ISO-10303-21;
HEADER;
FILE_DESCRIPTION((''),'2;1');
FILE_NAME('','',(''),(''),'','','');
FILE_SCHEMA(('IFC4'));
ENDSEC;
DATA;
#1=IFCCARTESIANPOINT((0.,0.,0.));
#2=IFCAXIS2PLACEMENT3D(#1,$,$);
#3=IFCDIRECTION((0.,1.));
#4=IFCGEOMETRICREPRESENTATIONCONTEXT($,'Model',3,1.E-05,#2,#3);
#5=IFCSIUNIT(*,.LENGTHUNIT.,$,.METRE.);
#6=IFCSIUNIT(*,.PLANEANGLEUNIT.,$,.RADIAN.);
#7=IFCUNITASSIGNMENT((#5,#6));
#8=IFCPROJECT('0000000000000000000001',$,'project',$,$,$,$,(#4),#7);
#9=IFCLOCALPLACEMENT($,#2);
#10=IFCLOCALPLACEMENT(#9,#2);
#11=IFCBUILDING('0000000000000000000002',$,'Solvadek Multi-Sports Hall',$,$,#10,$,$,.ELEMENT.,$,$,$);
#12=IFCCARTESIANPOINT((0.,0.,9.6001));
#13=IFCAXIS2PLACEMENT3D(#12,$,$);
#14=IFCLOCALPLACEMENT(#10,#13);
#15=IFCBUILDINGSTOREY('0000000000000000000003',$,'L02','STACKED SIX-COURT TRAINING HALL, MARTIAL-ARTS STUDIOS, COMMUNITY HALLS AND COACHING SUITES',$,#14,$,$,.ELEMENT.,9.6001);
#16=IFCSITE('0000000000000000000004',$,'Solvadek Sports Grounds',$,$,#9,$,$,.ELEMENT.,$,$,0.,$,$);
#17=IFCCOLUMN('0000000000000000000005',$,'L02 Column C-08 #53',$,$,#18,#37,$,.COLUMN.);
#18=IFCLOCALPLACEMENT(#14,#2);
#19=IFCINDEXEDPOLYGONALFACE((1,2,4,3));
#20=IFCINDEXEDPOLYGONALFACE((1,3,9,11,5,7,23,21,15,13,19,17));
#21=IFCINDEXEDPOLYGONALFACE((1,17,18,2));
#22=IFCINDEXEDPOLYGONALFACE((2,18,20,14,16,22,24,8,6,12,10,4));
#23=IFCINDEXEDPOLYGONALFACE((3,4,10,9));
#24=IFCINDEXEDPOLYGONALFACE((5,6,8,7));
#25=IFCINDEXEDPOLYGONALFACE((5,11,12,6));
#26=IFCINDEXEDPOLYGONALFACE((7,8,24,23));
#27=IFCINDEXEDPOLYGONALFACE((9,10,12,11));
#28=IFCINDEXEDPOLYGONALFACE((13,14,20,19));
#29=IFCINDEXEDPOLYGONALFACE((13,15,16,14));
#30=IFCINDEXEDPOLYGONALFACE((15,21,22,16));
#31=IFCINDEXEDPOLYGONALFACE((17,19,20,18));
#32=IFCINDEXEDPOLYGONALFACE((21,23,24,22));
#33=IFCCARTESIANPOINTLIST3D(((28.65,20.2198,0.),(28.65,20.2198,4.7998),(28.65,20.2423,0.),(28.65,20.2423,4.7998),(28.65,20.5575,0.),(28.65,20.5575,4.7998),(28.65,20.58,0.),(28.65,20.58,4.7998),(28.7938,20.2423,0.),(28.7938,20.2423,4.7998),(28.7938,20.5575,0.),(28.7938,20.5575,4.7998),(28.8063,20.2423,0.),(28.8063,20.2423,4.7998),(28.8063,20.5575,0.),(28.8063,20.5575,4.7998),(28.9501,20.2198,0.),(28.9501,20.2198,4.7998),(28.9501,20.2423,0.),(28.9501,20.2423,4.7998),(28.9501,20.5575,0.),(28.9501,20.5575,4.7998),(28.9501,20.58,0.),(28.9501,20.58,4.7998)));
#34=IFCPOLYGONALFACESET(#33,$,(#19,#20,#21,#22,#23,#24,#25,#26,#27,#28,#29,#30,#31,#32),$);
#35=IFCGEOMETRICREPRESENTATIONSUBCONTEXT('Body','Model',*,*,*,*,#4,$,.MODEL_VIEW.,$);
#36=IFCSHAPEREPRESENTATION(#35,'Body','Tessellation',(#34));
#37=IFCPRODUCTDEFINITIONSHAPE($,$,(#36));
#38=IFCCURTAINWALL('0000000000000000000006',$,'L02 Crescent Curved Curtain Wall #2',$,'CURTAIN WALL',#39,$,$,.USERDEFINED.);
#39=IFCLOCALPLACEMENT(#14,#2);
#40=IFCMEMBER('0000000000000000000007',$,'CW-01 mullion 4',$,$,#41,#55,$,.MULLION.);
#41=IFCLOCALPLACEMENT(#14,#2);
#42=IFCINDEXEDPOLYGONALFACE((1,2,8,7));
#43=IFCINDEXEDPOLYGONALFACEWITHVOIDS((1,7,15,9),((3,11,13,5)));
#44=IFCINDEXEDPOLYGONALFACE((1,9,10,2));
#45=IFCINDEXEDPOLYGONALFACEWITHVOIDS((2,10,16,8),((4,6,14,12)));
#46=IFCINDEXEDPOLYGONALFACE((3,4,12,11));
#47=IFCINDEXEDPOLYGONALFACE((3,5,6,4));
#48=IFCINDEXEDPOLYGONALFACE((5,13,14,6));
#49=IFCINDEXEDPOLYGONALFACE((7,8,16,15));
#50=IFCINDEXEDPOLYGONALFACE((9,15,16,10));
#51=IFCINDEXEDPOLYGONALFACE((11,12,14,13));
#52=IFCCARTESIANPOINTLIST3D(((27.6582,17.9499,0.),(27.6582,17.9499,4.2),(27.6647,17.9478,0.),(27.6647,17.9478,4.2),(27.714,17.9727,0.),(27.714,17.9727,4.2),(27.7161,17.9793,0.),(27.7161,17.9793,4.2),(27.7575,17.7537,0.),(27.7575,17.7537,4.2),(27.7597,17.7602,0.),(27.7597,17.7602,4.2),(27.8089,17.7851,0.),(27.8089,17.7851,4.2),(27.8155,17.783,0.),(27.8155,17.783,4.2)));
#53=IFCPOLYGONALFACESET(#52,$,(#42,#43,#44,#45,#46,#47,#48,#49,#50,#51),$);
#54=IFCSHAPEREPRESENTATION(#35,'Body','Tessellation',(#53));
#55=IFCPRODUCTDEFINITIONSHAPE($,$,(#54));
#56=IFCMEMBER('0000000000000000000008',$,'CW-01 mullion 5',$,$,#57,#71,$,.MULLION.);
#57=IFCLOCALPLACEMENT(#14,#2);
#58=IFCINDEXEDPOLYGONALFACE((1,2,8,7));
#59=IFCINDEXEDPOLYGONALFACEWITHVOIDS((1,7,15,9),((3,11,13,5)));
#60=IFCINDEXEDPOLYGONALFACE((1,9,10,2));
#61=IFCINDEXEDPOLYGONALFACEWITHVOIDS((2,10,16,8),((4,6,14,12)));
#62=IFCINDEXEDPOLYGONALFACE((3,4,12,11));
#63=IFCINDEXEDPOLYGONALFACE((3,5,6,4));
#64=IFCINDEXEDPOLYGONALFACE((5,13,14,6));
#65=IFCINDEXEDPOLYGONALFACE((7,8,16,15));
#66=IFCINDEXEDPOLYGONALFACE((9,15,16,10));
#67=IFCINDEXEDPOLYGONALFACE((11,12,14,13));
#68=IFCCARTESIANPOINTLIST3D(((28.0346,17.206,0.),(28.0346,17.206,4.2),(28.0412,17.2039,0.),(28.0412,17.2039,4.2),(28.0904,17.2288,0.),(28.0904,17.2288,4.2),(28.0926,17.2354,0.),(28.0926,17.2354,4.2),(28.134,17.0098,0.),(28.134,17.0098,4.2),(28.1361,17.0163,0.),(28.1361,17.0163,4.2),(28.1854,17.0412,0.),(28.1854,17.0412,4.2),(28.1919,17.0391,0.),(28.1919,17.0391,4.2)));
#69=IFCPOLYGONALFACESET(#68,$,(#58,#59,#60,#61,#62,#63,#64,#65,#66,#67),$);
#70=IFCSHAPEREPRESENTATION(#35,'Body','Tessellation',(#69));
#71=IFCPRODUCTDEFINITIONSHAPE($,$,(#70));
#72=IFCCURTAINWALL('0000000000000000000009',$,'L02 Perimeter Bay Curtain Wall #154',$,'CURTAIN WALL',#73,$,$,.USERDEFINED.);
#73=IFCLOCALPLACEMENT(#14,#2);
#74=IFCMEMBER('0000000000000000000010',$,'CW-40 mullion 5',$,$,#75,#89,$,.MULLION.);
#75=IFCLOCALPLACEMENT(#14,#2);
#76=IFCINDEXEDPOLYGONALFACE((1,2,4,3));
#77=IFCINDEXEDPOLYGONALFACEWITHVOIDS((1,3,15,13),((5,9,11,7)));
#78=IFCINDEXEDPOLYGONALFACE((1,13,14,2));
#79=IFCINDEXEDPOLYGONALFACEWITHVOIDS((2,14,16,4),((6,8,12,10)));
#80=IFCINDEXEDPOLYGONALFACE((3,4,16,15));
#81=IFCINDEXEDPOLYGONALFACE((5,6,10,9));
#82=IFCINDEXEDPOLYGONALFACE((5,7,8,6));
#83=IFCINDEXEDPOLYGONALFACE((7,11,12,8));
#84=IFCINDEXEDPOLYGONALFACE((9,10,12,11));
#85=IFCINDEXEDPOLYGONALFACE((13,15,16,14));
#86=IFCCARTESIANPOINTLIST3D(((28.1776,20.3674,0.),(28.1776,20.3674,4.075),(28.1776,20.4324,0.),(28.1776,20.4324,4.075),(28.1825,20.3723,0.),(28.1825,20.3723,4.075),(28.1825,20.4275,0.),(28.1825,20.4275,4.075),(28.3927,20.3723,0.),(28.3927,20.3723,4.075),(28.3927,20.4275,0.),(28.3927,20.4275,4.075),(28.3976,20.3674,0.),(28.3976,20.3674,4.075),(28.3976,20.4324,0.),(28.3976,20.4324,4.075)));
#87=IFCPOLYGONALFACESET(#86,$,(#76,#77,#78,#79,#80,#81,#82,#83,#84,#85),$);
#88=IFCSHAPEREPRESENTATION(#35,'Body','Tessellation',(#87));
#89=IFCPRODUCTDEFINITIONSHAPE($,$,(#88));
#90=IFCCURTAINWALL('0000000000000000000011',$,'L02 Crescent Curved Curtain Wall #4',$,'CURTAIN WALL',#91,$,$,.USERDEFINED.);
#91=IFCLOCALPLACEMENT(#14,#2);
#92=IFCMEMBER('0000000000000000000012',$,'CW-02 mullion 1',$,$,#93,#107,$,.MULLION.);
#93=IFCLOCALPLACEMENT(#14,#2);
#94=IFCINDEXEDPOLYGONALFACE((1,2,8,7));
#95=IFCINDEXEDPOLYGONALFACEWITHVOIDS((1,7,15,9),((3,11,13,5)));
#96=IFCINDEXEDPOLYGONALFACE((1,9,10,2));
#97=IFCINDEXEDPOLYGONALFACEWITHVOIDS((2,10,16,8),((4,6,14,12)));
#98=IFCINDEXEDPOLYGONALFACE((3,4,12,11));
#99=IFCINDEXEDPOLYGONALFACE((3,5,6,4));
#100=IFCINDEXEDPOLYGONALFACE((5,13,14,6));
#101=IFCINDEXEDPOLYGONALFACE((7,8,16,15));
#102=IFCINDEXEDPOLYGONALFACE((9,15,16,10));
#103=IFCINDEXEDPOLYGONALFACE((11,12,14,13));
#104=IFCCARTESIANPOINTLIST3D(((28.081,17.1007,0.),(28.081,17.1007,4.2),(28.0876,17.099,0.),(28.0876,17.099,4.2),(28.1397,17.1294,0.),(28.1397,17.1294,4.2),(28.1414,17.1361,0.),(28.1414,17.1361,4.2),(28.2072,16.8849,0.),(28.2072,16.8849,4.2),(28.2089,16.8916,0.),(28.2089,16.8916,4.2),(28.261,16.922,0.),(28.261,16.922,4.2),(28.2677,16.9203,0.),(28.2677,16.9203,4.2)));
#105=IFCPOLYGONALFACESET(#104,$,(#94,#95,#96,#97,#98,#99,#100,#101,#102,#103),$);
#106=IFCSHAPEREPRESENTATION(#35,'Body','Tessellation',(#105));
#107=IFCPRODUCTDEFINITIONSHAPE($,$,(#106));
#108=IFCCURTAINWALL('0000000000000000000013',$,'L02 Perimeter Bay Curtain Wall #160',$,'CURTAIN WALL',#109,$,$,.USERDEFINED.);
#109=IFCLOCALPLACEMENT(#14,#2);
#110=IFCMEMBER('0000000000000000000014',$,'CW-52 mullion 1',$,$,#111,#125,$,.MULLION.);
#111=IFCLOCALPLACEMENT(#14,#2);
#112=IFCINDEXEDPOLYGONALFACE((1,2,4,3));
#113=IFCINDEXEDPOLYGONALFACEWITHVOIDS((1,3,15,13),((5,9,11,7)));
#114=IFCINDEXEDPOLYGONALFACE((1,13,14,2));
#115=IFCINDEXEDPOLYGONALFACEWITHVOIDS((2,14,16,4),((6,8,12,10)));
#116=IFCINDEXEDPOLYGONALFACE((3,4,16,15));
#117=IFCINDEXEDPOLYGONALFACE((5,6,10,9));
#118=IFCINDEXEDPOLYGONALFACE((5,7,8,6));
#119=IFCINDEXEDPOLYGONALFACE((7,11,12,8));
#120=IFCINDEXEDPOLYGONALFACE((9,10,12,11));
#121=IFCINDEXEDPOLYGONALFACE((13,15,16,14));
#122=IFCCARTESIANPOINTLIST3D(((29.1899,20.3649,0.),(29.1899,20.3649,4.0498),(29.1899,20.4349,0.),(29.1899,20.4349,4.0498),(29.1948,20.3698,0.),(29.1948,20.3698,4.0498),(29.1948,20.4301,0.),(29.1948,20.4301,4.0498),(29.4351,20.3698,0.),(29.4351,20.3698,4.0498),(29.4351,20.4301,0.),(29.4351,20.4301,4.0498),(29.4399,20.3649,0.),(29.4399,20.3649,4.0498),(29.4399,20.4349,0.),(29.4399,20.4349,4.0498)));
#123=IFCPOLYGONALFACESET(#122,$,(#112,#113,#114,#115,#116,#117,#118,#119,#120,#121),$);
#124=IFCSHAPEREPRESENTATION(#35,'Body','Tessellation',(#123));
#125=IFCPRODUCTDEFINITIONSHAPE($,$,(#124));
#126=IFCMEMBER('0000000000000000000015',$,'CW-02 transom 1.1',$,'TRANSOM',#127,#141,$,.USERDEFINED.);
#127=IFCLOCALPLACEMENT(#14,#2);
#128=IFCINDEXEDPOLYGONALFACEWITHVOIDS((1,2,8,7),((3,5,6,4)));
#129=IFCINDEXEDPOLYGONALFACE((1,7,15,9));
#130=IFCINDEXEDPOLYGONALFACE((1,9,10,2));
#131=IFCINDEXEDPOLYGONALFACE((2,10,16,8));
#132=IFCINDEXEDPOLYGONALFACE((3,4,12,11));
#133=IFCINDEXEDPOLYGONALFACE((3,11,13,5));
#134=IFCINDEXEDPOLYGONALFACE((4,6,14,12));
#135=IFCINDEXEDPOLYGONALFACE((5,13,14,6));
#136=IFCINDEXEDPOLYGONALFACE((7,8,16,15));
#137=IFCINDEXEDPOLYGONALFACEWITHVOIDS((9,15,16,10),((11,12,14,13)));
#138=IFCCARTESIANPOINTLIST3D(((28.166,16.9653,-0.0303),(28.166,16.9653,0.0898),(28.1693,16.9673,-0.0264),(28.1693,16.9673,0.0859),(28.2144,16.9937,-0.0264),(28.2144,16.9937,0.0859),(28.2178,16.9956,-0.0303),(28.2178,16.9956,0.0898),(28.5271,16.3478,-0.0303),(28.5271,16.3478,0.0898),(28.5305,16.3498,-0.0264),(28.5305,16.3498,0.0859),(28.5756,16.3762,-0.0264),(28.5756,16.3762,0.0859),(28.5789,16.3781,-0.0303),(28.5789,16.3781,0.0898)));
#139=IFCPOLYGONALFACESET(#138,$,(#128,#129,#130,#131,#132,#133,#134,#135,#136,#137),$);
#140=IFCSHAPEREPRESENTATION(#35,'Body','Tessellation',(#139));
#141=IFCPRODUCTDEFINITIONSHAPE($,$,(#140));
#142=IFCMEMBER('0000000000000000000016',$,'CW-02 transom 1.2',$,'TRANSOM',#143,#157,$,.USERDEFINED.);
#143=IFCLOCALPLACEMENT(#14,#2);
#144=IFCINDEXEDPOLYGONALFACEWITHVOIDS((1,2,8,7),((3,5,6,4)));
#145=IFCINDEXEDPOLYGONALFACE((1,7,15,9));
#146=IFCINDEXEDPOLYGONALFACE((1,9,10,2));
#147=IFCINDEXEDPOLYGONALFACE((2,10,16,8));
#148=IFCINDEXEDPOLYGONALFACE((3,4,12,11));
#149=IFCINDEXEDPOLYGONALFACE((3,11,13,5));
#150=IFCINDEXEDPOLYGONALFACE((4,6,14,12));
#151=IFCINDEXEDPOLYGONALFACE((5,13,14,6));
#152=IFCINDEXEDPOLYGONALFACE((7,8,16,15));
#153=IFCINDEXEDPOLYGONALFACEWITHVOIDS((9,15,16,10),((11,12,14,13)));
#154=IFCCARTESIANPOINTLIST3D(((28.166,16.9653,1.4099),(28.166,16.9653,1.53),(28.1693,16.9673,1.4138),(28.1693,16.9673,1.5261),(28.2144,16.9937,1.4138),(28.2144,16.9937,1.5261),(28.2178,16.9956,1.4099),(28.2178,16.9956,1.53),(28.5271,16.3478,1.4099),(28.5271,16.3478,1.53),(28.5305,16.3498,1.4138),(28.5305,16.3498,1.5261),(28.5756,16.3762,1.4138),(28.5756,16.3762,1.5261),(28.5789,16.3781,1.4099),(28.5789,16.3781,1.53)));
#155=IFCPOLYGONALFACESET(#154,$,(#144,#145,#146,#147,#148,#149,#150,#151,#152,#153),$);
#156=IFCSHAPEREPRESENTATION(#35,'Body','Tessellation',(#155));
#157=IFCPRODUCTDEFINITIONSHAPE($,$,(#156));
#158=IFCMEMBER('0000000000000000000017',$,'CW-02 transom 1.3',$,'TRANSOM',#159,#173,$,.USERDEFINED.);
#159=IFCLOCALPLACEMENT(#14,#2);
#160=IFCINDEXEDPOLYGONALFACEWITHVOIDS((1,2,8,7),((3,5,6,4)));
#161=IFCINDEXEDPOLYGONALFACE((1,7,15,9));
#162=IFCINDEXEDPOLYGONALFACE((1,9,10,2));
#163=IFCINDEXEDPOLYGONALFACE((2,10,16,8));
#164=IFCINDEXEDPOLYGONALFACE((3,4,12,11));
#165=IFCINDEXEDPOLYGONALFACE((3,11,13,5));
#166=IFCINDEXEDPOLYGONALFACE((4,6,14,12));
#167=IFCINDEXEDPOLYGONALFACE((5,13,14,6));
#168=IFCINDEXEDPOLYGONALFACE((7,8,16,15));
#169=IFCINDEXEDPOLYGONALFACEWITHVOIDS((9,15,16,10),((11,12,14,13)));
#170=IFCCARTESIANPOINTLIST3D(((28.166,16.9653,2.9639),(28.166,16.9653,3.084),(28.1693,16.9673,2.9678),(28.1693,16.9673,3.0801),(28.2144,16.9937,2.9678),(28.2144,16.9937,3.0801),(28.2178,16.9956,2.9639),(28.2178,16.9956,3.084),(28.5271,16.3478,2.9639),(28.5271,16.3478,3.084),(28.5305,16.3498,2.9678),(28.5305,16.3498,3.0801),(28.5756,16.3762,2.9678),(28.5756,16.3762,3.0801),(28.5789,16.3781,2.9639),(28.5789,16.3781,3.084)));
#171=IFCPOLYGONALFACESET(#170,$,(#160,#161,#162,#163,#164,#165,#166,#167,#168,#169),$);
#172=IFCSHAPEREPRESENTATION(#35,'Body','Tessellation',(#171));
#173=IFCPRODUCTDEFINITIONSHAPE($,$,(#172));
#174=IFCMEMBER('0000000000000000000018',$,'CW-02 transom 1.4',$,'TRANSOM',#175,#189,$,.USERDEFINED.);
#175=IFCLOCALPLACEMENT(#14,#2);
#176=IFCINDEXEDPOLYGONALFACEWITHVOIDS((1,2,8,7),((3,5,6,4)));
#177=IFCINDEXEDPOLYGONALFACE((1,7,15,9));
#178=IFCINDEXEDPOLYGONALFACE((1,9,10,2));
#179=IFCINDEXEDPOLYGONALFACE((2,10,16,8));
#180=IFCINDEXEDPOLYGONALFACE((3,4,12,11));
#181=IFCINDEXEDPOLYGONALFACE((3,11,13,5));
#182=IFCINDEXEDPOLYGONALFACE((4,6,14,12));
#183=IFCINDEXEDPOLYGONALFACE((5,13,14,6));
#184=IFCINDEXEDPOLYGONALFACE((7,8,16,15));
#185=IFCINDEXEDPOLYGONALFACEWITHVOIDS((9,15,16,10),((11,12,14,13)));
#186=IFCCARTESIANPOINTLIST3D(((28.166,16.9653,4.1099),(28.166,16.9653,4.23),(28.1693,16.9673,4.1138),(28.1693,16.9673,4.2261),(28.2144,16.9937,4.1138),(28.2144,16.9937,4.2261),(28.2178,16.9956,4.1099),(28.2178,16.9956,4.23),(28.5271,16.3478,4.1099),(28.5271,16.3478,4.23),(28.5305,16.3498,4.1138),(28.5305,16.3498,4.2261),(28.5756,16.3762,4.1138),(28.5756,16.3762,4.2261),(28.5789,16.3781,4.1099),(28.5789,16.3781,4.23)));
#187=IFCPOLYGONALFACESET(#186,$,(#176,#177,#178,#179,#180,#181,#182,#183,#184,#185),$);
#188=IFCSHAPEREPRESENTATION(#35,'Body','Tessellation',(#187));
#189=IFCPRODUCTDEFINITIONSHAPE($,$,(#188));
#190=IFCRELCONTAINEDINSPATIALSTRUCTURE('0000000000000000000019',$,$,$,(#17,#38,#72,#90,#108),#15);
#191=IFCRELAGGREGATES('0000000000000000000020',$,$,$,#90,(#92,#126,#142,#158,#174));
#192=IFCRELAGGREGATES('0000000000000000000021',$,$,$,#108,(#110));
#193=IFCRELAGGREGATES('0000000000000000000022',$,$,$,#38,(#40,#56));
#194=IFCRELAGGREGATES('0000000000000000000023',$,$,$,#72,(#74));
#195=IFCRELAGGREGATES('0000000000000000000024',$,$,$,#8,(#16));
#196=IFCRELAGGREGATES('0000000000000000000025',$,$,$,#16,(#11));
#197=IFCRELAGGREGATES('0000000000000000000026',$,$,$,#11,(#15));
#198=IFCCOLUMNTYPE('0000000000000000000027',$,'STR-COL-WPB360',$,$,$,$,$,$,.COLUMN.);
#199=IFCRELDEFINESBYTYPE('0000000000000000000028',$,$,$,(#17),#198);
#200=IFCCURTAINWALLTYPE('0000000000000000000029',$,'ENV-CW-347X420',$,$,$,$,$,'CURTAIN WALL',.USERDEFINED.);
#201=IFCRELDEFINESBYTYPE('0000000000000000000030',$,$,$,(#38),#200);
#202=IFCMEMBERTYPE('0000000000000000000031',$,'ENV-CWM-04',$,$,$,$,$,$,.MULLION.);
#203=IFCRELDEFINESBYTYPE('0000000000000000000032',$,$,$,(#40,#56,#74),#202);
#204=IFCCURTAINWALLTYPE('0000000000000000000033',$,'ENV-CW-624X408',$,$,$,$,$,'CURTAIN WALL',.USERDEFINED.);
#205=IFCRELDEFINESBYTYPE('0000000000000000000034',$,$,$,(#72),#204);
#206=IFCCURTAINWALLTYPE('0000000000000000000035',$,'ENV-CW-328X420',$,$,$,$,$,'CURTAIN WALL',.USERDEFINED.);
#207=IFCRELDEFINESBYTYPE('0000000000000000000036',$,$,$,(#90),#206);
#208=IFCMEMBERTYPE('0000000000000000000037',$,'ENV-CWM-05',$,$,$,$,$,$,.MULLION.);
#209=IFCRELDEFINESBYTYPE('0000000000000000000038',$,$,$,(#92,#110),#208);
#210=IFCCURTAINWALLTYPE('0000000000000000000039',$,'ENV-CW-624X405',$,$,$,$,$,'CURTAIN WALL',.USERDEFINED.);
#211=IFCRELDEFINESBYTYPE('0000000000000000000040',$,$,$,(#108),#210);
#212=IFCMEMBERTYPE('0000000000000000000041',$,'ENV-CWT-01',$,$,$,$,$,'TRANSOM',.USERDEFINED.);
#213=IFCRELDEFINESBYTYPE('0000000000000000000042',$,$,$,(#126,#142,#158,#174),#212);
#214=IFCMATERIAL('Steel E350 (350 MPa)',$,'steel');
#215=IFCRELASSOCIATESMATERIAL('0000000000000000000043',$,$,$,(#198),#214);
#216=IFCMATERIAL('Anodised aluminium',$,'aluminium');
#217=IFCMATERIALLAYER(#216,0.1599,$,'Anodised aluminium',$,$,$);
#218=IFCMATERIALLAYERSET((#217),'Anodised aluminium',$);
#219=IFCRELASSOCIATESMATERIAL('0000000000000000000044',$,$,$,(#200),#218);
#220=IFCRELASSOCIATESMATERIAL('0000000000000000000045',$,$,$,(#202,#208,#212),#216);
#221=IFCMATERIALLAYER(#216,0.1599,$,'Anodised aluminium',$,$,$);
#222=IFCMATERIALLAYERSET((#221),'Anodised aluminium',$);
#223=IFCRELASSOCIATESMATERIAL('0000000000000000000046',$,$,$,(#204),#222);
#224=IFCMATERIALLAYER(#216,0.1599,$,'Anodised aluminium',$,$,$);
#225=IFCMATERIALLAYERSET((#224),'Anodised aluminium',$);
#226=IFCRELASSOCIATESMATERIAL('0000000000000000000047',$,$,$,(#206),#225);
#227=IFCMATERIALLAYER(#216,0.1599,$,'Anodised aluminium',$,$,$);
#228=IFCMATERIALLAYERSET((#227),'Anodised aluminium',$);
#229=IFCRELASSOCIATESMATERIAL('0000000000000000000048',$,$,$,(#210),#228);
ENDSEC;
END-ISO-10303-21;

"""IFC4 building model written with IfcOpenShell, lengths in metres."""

from ifc_helpers import new_model, si_unit, direction, frame, origin, origin_2d, place, context, subcontext, project, spatial, hollow_rectangle, i_section, extrude, material, layer, layer_set, material_profile, profile_set, type_object, element, aggregate, save


model = new_model("IFC4")

# Units and contexts
model_context = context("Model", 3, precision=1e-05, world=origin(), true_north=direction((0.0, 1.0)))
body_context = subcontext(model_context, "Body", "Model", "MODEL_VIEW")
ifc_project = project(units=[si_unit("LENGTHUNIT", "METRE"), si_unit("PLANEANGLEUNIT", "RADIAN")], contexts=[model_context])

# Site, building, storey
site_placement = place(None, origin())
site = spatial("IfcSite", under=ifc_project, at=site_placement, Name="Solvadek Sports Grounds", CompositionType="ELEMENT", RefElevation=0.0)
building_placement = place(site_placement, origin())
building = spatial("IfcBuilding", under=site, at=building_placement, Name="Solvadek Multi-Sports Hall", CompositionType="ELEMENT")
storey_placement = place(building_placement, frame((0.0, 0.0, 9.6001)))
storey = spatial("IfcBuildingStorey", under=building, at=storey_placement, Name="L02", Description="STACKED SIX-COURT TRAINING HALL, MARTIAL-ARTS STUDIOS, COMMUNITY HALLS AND COACHING SUITES", CompositionType="ELEMENT", Elevation=9.6001)

# Column
ifc_material_1 = material(Name="Steel E350 (350 MPa)", Category="steel")
ifc_material_profile_1 = material_profile(ifc_material_1, i_section(OverallWidth=0.3, OverallDepth=0.3601, WebThickness=0.0125, FlangeThickness=0.0225, at=origin_2d()), Name="WPB 360")
ifc_profile_set_1 = profile_set([ifc_material_profile_1], Name="Steel E350 (350 MPa)")
column_type = type_object("IfcColumnType", Name="STR-COL-WPB360", PredefinedType="COLUMN", material=ifc_profile_set_1)
column_placement = place(storey_placement, frame((28.8, 20.3999, 0.0), z_axis=(0.0, 0.0, 1.0), x_axis=(1.0, 0.0, 0.0)))
element("IfcColumn", 1, at=column_placement, inside=storey, type_object=column_type, Name="L02 Column C-08 #53", PredefinedType="COLUMN", context=body_context, shape_type="SweptSolid", body=[
    extrude(i_section(OverallWidth=0.3, OverallDepth=0.3601, WebThickness=0.0125, FlangeThickness=0.0225, at=origin_2d()), origin(), (0.0, 0.0, 1.0), 4.7998),
])

# Curtain wall, members
ifc_material_2 = material(Name="Anodised aluminium", Category="aluminium")
ifc_layer_1 = layer(ifc_material_2, 0.1599, Name="Anodised aluminium")
ifc_layer_set_1 = layer_set([ifc_layer_1], Name="Anodised aluminium")
curtain_wall_type_1 = type_object("IfcCurtainWallType", Name="ENV-CW-347X420", ElementType="CURTAIN WALL", PredefinedType="USERDEFINED", material=ifc_layer_set_1)
curtain_wall_1_placement = place(storey_placement, origin())
curtain_wall_1 = element("IfcCurtainWall", 2, at=curtain_wall_1_placement, inside=storey, type_object=curtain_wall_type_1, Name="L02 Crescent Curved Curtain Wall #2", ObjectType="CURTAIN WALL", PredefinedType="USERDEFINED")
ifc_material_profile_2 = material_profile(ifc_material_2, hollow_rectangle(XDim=0.0649, YDim=0.22, WallThickness=0.0049, at=origin_2d()), Name="ALU-M 220x65x5")
ifc_profile_set_2 = profile_set([ifc_material_profile_2], Name="Anodised aluminium")
member_type_1 = type_object("IfcMemberType", Name="ENV-CWM-04", PredefinedType="MULLION", material=ifc_profile_set_2)
member_1_placement = place(storey_placement, frame((27.7368, 17.8665, 0.0), z_axis=(0.0, 0.0, 1.0), x_axis=(0.892241, 0.451559, 0.0)))
member_1 = element("IfcMember", 3, at=member_1_placement, type_object=member_type_1, Name="CW-01 mullion 4", PredefinedType="MULLION", context=body_context, shape_type="SweptSolid", body=[
    extrude(hollow_rectangle(XDim=0.0649, YDim=0.22, WallThickness=0.0049, at=origin_2d()), origin(), (0.0, 0.0, 1.0), 4.2),
])
member_2_placement = place(storey_placement, frame((28.1133, 17.1226, 0.0), z_axis=(0.0, 0.0, 1.0), x_axis=(0.892241, 0.451559, 0.0)))
member_2 = element("IfcMember", 4, at=member_2_placement, type_object=member_type_1, Name="CW-01 mullion 5", PredefinedType="MULLION", context=body_context, shape_type="SweptSolid", body=[
    extrude(hollow_rectangle(XDim=0.0649, YDim=0.22, WallThickness=0.0049, at=origin_2d()), origin(), (0.0, 0.0, 1.0), 4.2),
])

# Curtain walls, members
ifc_layer_2 = layer(ifc_material_2, 0.1599, Name="Anodised aluminium")
ifc_layer_set_2 = layer_set([ifc_layer_2], Name="Anodised aluminium")
curtain_wall_type_2 = type_object("IfcCurtainWallType", Name="ENV-CW-624X408", ElementType="CURTAIN WALL", PredefinedType="USERDEFINED", material=ifc_layer_set_2)
curtain_wall_2_placement = place(storey_placement, origin())
curtain_wall_2 = element("IfcCurtainWall", 5, at=curtain_wall_2_placement, inside=storey, type_object=curtain_wall_type_2, Name="L02 Perimeter Bay Curtain Wall #154", ObjectType="CURTAIN WALL", PredefinedType="USERDEFINED")
member_3_placement = place(storey_placement, frame((28.2876, 20.3999, 0.0), z_axis=(0.0, 0.0, 1.0), x_axis=(0.0, 1.0, 0.0)))
member_3 = element("IfcMember", 6, at=member_3_placement, type_object=member_type_1, Name="CW-40 mullion 5", PredefinedType="MULLION", context=body_context, shape_type="SweptSolid", body=[
    extrude(hollow_rectangle(XDim=0.0649, YDim=0.22, WallThickness=0.0049, at=origin_2d()), origin(), (0.0, 0.0, 1.0), 4.075),
])
ifc_layer_3 = layer(ifc_material_2, 0.1599, Name="Anodised aluminium")
ifc_layer_set_3 = layer_set([ifc_layer_3], Name="Anodised aluminium")
curtain_wall_type_3 = type_object("IfcCurtainWallType", Name="ENV-CW-328X420", ElementType="CURTAIN WALL", PredefinedType="USERDEFINED", material=ifc_layer_set_3)
curtain_wall_3_placement = place(storey_placement, origin())
curtain_wall_3 = element("IfcCurtainWall", 7, at=curtain_wall_3_placement, inside=storey, type_object=curtain_wall_type_3, Name="L02 Crescent Curved Curtain Wall #4", ObjectType="CURTAIN WALL", PredefinedType="USERDEFINED")
ifc_material_profile_3 = material_profile(ifc_material_2, hollow_rectangle(XDim=0.0701, YDim=0.25, WallThickness=0.0049, at=origin_2d()), Name="ALU-M 250x70x5")
ifc_profile_set_3 = profile_set([ifc_material_profile_3], Name="Anodised aluminium")
member_type_2 = type_object("IfcMemberType", Name="ENV-CWM-05", PredefinedType="MULLION", material=ifc_profile_set_3)
member_4_placement = place(storey_placement, frame((28.1743, 17.0105, 0.0), z_axis=(0.0, 0.0, 1.0), x_axis=(0.863145, 0.504957, 0.0)))
member_4 = element("IfcMember", 8, at=member_4_placement, type_object=member_type_2, Name="CW-02 mullion 1", PredefinedType="MULLION", context=body_context, shape_type="SweptSolid", body=[
    extrude(hollow_rectangle(XDim=0.0701, YDim=0.25, WallThickness=0.0049, at=origin_2d()), origin(), (0.0, 0.0, 1.0), 4.2),
])
ifc_layer_4 = layer(ifc_material_2, 0.1599, Name="Anodised aluminium")
ifc_layer_set_4 = layer_set([ifc_layer_4], Name="Anodised aluminium")
curtain_wall_type_4 = type_object("IfcCurtainWallType", Name="ENV-CW-624X405", ElementType="CURTAIN WALL", PredefinedType="USERDEFINED", material=ifc_layer_set_4)
curtain_wall_4_placement = place(storey_placement, origin())
curtain_wall_4 = element("IfcCurtainWall", 9, at=curtain_wall_4_placement, inside=storey, type_object=curtain_wall_type_4, Name="L02 Perimeter Bay Curtain Wall #160", ObjectType="CURTAIN WALL", PredefinedType="USERDEFINED")
member_5_placement = place(storey_placement, frame((29.3149, 20.3999, 0.0), z_axis=(0.0, 0.0, 1.0), x_axis=(0.0, 1.0, 0.0)))
member_5 = element("IfcMember", 10, at=member_5_placement, type_object=member_type_2, Name="CW-52 mullion 1", PredefinedType="MULLION", context=body_context, shape_type="SweptSolid", body=[
    extrude(hollow_rectangle(XDim=0.0701, YDim=0.25, WallThickness=0.0049, at=origin_2d()), origin(), (0.0, 0.0, 1.0), 4.0498),
])

# Members
ifc_material_profile_4 = material_profile(ifc_material_2, hollow_rectangle(XDim=0.0601, YDim=0.1201, WallThickness=0.0039, at=origin_2d()), Name="ALU-T 120x60x4")
ifc_profile_set_4 = profile_set([ifc_material_profile_4], Name="Anodised aluminium")
member_type_3 = type_object("IfcMemberType", Name="ENV-CWT-01", ElementType="TRANSOM", PredefinedType="USERDEFINED", material=ifc_profile_set_4)
member_6_placement = place(storey_placement, frame((28.1919, 16.9805, 0.0298), z_axis=(0.504826, -0.863221, 0.0), x_axis=(0.863221, 0.504826, 0.0)))
member_6 = element("IfcMember", 11, at=member_6_placement, type_object=member_type_3, Name="CW-02 transom 1.1", ObjectType="TRANSOM", PredefinedType="USERDEFINED", context=body_context, shape_type="SweptSolid", body=[
    extrude(hollow_rectangle(XDim=0.0601, YDim=0.1201, WallThickness=0.0039, at=origin_2d()), origin(), (0.0, 0.0, 1.0), 0.7153),
])
member_7_placement = place(storey_placement, frame((28.1919, 16.9805, 1.47), z_axis=(0.504826, -0.863221, 0.0), x_axis=(0.863221, 0.504826, 0.0)))
member_7 = element("IfcMember", 12, at=member_7_placement, type_object=member_type_3, Name="CW-02 transom 1.2", ObjectType="TRANSOM", PredefinedType="USERDEFINED", context=body_context, shape_type="SweptSolid", body=[
    extrude(hollow_rectangle(XDim=0.0601, YDim=0.1201, WallThickness=0.0039, at=origin_2d()), origin(), (0.0, 0.0, 1.0), 0.7153),
])
member_8_placement = place(storey_placement, frame((28.1919, 16.9805, 3.0239), z_axis=(0.504826, -0.863221, 0.0), x_axis=(0.863221, 0.504826, 0.0)))
member_8 = element("IfcMember", 13, at=member_8_placement, type_object=member_type_3, Name="CW-02 transom 1.3", ObjectType="TRANSOM", PredefinedType="USERDEFINED", context=body_context, shape_type="SweptSolid", body=[
    extrude(hollow_rectangle(XDim=0.0601, YDim=0.1201, WallThickness=0.0039, at=origin_2d()), origin(), (0.0, 0.0, 1.0), 0.7153),
])
member_9_placement = place(storey_placement, frame((28.1919, 16.9805, 4.1699), z_axis=(0.504826, -0.863221, 0.0), x_axis=(0.863221, 0.504826, 0.0)))
member_9 = element("IfcMember", 14, at=member_9_placement, type_object=member_type_3, Name="CW-02 transom 1.4", ObjectType="TRANSOM", PredefinedType="USERDEFINED", context=body_context, shape_type="SweptSolid", body=[
    extrude(hollow_rectangle(XDim=0.0601, YDim=0.1201, WallThickness=0.0039, at=origin_2d()), origin(), (0.0, 0.0, 1.0), 0.7153),
])
aggregate(curtain_wall_3, [member_4, member_6, member_7, member_8, member_9])
aggregate(curtain_wall_4, [member_5])

aggregate(curtain_wall_1, [member_1, member_2])
aggregate(curtain_wall_2, [member_3])

save(model, "model.ifc")
